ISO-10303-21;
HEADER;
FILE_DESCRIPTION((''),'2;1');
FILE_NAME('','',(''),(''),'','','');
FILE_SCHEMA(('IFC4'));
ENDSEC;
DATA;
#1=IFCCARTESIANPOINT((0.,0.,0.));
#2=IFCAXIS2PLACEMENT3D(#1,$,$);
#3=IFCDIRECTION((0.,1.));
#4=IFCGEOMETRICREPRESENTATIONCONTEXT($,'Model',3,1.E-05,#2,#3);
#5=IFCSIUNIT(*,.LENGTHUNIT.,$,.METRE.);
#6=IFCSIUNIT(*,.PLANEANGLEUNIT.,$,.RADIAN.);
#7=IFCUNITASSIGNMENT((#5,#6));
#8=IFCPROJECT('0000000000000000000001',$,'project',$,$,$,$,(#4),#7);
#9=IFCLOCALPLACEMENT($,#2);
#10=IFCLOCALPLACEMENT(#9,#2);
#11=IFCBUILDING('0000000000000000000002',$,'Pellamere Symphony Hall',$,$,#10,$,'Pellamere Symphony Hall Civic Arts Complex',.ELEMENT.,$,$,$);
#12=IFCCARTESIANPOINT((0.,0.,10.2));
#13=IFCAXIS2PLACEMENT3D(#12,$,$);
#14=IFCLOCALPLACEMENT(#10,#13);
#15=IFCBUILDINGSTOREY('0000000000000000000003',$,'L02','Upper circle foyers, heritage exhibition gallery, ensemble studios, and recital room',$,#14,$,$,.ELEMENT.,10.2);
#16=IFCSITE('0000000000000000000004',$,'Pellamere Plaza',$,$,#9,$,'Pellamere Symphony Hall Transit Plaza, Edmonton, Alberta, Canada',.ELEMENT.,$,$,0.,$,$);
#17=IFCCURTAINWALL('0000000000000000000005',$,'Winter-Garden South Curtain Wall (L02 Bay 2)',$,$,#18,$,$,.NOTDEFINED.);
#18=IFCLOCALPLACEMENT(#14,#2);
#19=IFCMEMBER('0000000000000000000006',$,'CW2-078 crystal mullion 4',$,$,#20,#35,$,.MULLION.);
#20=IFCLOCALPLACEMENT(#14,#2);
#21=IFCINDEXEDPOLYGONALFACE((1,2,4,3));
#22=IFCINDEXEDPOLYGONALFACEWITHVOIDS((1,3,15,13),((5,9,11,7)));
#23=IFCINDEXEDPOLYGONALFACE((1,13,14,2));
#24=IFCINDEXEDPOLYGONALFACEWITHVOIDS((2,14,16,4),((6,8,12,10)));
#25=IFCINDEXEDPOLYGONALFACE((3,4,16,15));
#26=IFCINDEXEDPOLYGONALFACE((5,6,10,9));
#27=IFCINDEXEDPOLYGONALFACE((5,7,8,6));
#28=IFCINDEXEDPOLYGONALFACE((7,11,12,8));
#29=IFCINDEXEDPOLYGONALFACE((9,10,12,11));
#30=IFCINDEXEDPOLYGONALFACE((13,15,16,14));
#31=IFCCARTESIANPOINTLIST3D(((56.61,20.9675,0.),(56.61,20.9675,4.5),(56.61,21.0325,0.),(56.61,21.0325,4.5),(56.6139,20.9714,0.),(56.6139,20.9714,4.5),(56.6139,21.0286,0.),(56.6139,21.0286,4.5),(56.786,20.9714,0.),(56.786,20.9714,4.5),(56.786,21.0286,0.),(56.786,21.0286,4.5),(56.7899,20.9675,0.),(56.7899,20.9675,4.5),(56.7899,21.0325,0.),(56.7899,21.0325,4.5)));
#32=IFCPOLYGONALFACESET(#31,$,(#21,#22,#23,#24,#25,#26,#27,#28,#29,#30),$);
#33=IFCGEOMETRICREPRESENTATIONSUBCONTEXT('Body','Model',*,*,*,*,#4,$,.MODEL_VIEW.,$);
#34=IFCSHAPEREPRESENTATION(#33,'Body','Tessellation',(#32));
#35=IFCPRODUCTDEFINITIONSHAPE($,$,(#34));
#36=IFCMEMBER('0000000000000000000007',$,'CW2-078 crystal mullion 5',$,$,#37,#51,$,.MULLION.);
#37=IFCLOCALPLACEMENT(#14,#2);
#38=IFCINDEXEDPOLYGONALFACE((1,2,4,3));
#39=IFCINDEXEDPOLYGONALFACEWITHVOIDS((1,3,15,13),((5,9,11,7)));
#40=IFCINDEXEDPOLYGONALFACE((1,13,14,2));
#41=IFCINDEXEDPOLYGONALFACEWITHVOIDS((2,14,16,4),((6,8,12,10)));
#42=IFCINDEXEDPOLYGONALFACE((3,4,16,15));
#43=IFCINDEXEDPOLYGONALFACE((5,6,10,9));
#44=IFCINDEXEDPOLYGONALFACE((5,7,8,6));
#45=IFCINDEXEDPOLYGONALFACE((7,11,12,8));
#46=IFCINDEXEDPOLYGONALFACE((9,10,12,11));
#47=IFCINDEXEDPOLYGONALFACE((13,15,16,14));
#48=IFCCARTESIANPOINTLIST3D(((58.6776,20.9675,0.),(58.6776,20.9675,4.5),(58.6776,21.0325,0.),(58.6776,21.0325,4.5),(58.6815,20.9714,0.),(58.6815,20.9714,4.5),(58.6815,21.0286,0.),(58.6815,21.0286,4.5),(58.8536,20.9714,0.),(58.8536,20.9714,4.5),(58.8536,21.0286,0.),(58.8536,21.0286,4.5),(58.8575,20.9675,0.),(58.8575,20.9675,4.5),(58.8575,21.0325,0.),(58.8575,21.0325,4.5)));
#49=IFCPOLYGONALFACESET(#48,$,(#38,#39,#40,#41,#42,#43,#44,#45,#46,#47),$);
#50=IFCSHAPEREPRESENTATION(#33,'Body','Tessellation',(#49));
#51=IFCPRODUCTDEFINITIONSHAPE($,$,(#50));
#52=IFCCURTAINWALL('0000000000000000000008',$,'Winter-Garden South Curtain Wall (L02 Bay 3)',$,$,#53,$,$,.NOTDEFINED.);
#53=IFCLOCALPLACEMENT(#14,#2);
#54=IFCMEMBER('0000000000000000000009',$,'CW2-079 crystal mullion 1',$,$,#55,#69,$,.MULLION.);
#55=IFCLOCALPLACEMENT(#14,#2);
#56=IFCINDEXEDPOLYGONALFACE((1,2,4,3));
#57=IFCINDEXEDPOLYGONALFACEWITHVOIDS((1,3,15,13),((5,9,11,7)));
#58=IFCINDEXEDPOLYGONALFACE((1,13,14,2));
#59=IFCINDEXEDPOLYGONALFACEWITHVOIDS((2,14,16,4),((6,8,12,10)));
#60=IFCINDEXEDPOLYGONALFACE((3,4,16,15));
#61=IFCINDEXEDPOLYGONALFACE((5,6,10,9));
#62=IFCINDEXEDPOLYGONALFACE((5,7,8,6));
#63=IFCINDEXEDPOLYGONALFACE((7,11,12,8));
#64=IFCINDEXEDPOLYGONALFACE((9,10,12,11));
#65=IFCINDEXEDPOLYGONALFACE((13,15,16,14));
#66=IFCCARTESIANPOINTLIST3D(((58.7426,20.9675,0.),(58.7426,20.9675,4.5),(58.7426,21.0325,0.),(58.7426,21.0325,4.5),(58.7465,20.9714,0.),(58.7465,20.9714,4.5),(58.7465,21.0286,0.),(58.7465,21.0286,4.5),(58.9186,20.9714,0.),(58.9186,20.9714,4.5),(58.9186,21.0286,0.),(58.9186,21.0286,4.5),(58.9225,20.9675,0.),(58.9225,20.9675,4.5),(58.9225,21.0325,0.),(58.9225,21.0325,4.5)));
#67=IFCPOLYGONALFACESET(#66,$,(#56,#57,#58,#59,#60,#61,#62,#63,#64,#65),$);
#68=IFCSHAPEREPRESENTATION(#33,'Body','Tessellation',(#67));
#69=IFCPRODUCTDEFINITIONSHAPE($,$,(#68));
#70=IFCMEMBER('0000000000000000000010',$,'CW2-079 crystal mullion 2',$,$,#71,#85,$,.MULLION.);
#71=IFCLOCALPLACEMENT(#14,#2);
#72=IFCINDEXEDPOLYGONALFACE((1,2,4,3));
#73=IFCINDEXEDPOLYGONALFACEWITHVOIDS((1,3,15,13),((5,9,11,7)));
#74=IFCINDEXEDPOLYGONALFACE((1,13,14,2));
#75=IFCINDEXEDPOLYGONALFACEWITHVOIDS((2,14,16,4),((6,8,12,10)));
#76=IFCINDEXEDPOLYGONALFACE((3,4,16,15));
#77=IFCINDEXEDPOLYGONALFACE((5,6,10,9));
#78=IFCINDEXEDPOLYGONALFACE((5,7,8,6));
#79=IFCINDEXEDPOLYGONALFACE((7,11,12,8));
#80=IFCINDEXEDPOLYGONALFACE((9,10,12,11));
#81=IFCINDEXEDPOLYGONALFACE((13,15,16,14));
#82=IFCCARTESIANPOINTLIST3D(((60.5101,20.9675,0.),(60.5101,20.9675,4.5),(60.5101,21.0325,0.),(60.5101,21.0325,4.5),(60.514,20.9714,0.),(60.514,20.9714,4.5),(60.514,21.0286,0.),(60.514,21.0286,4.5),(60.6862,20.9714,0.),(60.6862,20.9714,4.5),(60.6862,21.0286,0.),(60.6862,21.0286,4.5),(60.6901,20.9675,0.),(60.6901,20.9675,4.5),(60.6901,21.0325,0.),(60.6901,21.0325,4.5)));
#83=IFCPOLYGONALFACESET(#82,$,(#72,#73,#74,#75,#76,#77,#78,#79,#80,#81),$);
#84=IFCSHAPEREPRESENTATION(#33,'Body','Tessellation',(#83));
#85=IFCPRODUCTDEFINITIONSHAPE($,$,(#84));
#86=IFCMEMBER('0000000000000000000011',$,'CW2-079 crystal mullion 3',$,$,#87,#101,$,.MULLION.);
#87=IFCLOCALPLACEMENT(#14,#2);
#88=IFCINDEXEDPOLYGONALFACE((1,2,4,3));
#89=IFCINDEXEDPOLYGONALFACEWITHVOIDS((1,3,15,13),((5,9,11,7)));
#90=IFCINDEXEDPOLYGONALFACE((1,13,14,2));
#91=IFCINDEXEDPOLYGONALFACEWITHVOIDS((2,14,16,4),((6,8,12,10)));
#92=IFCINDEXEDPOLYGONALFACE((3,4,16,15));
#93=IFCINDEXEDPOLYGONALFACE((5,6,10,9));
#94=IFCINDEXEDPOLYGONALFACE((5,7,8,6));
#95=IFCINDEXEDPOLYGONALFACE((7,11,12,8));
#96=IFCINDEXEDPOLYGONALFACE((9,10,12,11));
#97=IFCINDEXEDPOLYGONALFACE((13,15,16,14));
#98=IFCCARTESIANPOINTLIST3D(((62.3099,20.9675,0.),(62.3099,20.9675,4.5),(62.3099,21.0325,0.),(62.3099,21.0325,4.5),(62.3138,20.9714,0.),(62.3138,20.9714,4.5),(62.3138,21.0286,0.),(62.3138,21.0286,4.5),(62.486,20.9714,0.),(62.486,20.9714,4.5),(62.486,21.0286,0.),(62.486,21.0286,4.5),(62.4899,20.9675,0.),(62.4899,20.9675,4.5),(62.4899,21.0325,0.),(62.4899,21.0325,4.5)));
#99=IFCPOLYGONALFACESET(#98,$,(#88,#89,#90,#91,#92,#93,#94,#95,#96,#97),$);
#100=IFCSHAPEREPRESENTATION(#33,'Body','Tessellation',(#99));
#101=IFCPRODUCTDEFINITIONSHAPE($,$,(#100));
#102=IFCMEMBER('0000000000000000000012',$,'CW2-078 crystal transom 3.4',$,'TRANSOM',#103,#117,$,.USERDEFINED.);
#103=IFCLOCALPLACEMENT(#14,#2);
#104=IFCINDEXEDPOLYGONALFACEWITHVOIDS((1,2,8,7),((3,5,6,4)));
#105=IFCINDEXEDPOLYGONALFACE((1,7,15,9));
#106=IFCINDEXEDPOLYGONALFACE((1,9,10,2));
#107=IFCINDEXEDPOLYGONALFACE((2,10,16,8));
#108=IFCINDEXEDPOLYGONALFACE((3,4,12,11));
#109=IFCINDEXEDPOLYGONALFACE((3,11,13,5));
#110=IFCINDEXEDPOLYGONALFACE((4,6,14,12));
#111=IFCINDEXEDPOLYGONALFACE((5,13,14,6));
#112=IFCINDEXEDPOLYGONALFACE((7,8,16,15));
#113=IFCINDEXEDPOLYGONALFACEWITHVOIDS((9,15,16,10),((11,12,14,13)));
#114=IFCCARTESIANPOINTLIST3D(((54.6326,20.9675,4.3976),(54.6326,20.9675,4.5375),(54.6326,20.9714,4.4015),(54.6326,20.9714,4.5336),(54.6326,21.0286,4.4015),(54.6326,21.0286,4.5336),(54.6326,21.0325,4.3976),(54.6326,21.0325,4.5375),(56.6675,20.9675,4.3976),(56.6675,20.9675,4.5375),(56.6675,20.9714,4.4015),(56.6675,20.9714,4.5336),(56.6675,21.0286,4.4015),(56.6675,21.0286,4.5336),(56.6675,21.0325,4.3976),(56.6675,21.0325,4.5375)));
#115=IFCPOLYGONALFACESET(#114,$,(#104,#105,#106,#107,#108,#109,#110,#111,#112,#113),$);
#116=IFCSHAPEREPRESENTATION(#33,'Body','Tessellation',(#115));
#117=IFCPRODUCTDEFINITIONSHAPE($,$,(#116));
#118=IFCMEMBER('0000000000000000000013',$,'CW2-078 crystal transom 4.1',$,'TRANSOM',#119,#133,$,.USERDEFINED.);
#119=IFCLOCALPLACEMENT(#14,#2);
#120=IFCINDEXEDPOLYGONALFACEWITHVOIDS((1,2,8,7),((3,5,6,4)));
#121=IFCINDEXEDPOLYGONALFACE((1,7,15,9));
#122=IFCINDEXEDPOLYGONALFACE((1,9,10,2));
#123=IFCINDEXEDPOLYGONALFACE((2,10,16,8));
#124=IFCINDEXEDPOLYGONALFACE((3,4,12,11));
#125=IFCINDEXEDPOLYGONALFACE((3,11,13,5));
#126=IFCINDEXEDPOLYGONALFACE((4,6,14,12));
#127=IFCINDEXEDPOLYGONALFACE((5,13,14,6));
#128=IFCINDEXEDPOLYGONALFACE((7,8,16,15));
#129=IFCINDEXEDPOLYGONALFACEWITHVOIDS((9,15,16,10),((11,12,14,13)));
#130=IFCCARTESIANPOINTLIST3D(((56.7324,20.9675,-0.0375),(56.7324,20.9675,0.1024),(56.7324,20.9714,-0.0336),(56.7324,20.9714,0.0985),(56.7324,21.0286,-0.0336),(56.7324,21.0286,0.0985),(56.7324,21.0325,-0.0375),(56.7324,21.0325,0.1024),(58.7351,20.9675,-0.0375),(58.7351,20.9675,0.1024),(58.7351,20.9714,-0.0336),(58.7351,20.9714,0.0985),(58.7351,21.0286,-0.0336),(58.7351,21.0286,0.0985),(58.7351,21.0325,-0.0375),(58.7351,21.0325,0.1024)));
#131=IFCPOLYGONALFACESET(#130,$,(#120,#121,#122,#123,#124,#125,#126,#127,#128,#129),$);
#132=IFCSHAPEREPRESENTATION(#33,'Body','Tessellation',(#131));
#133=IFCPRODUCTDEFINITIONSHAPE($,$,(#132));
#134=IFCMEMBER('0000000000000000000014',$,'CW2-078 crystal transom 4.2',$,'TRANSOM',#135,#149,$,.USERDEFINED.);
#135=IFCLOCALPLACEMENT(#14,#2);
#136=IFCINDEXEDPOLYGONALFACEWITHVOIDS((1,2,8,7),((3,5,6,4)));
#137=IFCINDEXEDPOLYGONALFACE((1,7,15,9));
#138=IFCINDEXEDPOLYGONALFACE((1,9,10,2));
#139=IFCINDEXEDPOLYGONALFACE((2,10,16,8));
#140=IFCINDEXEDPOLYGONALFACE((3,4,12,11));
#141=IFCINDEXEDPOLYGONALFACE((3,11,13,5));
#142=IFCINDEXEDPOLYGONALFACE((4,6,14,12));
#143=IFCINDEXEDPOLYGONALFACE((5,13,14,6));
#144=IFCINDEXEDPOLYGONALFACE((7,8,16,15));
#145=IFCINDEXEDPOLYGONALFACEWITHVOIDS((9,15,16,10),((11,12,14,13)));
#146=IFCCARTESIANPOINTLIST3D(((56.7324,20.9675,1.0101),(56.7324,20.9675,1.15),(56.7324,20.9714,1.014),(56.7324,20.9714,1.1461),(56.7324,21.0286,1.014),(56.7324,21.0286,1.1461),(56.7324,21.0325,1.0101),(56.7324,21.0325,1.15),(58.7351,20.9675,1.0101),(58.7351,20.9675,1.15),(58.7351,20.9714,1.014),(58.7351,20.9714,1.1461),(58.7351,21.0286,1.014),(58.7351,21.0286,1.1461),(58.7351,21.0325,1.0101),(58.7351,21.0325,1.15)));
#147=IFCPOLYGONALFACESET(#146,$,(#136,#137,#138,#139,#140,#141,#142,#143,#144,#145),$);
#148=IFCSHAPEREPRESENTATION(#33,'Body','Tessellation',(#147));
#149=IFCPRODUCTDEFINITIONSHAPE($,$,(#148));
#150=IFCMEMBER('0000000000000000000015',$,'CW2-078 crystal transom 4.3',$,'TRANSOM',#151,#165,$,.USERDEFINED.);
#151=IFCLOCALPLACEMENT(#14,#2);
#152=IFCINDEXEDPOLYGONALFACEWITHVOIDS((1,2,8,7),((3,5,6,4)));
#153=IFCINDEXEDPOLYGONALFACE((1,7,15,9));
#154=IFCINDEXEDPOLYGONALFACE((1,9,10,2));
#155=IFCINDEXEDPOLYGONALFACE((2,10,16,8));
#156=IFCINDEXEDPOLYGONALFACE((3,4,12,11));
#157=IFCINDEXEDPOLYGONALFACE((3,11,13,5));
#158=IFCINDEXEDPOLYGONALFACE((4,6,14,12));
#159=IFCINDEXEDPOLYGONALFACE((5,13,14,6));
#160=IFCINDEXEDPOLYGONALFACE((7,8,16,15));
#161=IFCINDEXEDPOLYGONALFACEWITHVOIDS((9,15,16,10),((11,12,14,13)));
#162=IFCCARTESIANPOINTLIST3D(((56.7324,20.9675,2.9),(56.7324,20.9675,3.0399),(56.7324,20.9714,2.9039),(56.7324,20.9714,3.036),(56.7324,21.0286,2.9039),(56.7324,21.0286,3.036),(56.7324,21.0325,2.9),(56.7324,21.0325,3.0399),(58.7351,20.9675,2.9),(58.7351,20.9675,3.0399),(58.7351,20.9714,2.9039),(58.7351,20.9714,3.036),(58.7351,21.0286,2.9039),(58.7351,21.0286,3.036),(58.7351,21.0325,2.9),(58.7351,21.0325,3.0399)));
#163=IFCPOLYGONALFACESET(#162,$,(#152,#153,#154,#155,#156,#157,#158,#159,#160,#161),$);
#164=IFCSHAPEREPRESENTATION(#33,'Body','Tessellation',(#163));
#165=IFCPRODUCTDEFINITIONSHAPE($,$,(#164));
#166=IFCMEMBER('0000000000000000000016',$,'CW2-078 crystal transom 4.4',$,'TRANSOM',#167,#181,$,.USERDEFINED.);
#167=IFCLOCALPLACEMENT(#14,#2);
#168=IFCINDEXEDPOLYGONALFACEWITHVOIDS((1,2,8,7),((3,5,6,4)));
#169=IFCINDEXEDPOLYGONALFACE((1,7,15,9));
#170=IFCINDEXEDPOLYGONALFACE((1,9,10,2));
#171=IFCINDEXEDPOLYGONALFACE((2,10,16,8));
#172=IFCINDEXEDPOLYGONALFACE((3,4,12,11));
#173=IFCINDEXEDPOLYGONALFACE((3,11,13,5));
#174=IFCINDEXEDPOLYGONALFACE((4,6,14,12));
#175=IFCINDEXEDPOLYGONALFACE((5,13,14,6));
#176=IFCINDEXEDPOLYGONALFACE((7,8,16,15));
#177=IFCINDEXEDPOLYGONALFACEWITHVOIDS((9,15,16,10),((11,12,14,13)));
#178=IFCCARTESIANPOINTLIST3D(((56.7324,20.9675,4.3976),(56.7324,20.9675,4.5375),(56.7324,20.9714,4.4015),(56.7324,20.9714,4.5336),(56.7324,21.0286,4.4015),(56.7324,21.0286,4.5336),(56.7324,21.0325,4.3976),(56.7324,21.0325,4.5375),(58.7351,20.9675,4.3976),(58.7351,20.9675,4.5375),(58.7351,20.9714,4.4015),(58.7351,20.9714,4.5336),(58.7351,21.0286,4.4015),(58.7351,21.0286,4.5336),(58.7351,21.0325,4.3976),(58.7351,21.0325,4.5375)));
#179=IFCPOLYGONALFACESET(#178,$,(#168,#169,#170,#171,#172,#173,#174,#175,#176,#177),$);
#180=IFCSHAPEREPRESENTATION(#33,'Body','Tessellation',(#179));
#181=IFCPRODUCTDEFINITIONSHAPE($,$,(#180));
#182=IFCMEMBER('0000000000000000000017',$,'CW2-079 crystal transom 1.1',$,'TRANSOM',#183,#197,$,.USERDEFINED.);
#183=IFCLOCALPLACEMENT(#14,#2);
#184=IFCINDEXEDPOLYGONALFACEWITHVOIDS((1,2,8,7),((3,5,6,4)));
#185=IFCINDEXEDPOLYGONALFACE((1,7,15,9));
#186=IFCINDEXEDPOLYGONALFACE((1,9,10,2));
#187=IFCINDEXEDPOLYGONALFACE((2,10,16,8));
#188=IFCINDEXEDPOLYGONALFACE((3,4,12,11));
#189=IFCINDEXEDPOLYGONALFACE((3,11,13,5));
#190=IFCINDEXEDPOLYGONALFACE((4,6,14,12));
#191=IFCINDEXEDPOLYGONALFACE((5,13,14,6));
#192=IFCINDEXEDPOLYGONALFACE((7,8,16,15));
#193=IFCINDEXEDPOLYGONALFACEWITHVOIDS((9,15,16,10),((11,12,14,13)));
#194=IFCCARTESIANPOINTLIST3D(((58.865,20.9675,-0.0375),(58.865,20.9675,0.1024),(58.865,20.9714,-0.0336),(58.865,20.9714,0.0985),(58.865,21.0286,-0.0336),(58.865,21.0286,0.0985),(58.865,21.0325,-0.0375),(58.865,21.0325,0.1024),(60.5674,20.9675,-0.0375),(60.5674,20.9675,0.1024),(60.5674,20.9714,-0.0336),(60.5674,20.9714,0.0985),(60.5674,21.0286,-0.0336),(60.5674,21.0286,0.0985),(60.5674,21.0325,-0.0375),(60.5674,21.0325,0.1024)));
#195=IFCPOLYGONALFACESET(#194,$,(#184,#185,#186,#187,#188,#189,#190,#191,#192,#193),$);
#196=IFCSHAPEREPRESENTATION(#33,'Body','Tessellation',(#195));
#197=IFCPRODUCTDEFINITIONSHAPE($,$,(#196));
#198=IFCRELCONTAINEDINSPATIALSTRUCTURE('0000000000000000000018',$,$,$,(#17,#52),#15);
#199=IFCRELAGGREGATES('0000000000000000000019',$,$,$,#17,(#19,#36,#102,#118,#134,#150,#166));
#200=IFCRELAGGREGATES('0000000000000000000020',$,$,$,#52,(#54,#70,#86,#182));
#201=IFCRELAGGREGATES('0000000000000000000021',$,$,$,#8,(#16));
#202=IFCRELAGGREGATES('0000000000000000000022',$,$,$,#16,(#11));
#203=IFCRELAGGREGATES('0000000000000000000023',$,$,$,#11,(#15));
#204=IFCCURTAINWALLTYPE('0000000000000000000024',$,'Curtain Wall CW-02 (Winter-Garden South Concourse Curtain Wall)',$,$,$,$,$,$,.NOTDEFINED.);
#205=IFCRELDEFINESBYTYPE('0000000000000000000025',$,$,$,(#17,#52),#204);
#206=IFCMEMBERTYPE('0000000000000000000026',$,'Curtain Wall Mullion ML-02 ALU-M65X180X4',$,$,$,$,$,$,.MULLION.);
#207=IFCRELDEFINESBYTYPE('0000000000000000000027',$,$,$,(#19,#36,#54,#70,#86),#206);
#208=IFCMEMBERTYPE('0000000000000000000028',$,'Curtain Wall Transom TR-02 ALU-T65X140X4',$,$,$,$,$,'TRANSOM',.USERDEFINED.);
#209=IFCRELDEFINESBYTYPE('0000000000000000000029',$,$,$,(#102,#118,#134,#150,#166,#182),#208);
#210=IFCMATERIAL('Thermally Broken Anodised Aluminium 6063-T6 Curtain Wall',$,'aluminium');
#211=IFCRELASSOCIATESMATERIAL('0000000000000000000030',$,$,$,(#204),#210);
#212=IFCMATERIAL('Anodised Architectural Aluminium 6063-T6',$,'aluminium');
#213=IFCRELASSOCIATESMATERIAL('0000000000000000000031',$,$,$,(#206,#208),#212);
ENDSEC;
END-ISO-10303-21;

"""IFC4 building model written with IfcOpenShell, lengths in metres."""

from ifc_helpers import new_model, si_unit, direction, frame, origin, origin_2d, place, context, subcontext, project, spatial, hollow_rectangle, extrude, material, material_profile, profile_set, type_object, element, aggregate, save


model = new_model("IFC4")

# Units and contexts
model_context = context("Model", 3, precision=1e-05, world=origin(), true_north=direction((0.0, 1.0)))
body_context = subcontext(model_context, "Body", "Model", "MODEL_VIEW")
ifc_project = project(units=[si_unit("LENGTHUNIT", "METRE"), si_unit("PLANEANGLEUNIT", "RADIAN")], contexts=[model_context])

# Site, building, storey
site_placement = place(None, origin())
site = spatial("IfcSite", under=ifc_project, at=site_placement, Name="Pellamere Plaza", LongName="Pellamere Symphony Hall Transit Plaza, Edmonton, Alberta, Canada", CompositionType="ELEMENT", RefElevation=0.0)
building_placement = place(site_placement, origin())
building = spatial("IfcBuilding", under=site, at=building_placement, Name="Pellamere Symphony Hall", LongName="Pellamere Symphony Hall Civic Arts Complex", CompositionType="ELEMENT")
storey_placement = place(building_placement, frame((0.0, 0.0, 10.2)))
storey = spatial("IfcBuildingStorey", under=building, at=storey_placement, Name="L02", Description="Upper circle foyers, heritage exhibition gallery, ensemble studios, and recital room", CompositionType="ELEMENT", Elevation=10.2)

# Curtain walls, members
ifc_material_1 = material(Name="Thermally Broken Anodised Aluminium 6063-T6 Curtain Wall", Category="aluminium")
curtain_wall_type = type_object("IfcCurtainWallType", Name="Curtain Wall CW-02 (Winter-Garden South Concourse Curtain Wall)", PredefinedType="NOTDEFINED", material=ifc_material_1)
curtain_wall_1_placement = place(storey_placement, origin())
curtain_wall_1 = element("IfcCurtainWall", 1, at=curtain_wall_1_placement, inside=storey, type_object=curtain_wall_type, Name="Winter-Garden South Curtain Wall (L02 Bay 2)", PredefinedType="NOTDEFINED")
ifc_material_2 = material(Name="Anodised Architectural Aluminium 6063-T6", Category="aluminium")
ifc_material_profile_1 = material_profile(ifc_material_2, hollow_rectangle(XDim=0.0649, YDim=0.1799, WallThickness=0.0039, at=origin_2d()), Name="ALU-M65X180X4")
ifc_profile_set_1 = profile_set([ifc_material_profile_1], Name="Anodised Architectural Aluminium 6063-T6")
member_type_1 = type_object("IfcMemberType", Name="Curtain Wall Mullion ML-02 ALU-M65X180X4", PredefinedType="MULLION", material=ifc_profile_set_1)
member_1_placement = place(storey_placement, frame((56.7, 21.0, 0.0), z_axis=(0.0, 0.0, 1.0), x_axis=(0.0, 1.0, 0.0)))
member_1 = element("IfcMember", 2, at=member_1_placement, type_object=member_type_1, Name="CW2-078 crystal mullion 4", PredefinedType="MULLION", context=body_context, shape_type="SweptSolid", body=[
    extrude(hollow_rectangle(XDim=0.0649, YDim=0.1799, WallThickness=0.0039, at=origin_2d()), origin(), (0.0, 0.0, 1.0), 4.5),
])
member_2_placement = place(storey_placement, frame((58.7676, 21.0, 0.0), z_axis=(0.0, 0.0, 1.0), x_axis=(0.0, 1.0, 0.0)))
member_2 = element("IfcMember", 3, at=member_2_placement, type_object=member_type_1, Name="CW2-078 crystal mullion 5", PredefinedType="MULLION", context=body_context, shape_type="SweptSolid", body=[
    extrude(hollow_rectangle(XDim=0.0649, YDim=0.1799, WallThickness=0.0039, at=origin_2d()), origin(), (0.0, 0.0, 1.0), 4.5),
])
curtain_wall_2_placement = place(storey_placement, origin())
curtain_wall_2 = element("IfcCurtainWall", 4, at=curtain_wall_2_placement, inside=storey, type_object=curtain_wall_type, Name="Winter-Garden South Curtain Wall (L02 Bay 3)", PredefinedType="NOTDEFINED")
member_3_placement = place(storey_placement, frame((58.8325, 21.0, 0.0), z_axis=(0.0, 0.0, 1.0), x_axis=(0.0, 1.0, 0.0)))
member_3 = element("IfcMember", 5, at=member_3_placement, type_object=member_type_1, Name="CW2-079 crystal mullion 1", PredefinedType="MULLION", context=body_context, shape_type="SweptSolid", body=[
    extrude(hollow_rectangle(XDim=0.0649, YDim=0.1799, WallThickness=0.0039, at=origin_2d()), origin(), (0.0, 0.0, 1.0), 4.5),
])
member_4_placement = place(storey_placement, frame((60.6001, 21.0, 0.0), z_axis=(0.0, 0.0, 1.0), x_axis=(0.0, 1.0, 0.0)))
member_4 = element("IfcMember", 6, at=member_4_placement, type_object=member_type_1, Name="CW2-079 crystal mullion 2", PredefinedType="MULLION", context=body_context, shape_type="SweptSolid", body=[
    extrude(hollow_rectangle(XDim=0.0649, YDim=0.1799, WallThickness=0.0039, at=origin_2d()), origin(), (0.0, 0.0, 1.0), 4.5),
])
member_5_placement = place(storey_placement, frame((62.3999, 21.0, 0.0), z_axis=(0.0, 0.0, 1.0), x_axis=(0.0, 1.0, 0.0)))
member_5 = element("IfcMember", 7, at=member_5_placement, type_object=member_type_1, Name="CW2-079 crystal mullion 3", PredefinedType="MULLION", context=body_context, shape_type="SweptSolid", body=[
    extrude(hollow_rectangle(XDim=0.0649, YDim=0.1799, WallThickness=0.0039, at=origin_2d()), origin(), (0.0, 0.0, 1.0), 4.5),
])

# Members
ifc_material_profile_2 = material_profile(ifc_material_2, hollow_rectangle(XDim=0.0649, YDim=0.1399, WallThickness=0.0039, at=origin_2d()), Name="ALU-T65X140X4")
ifc_profile_set_2 = profile_set([ifc_material_profile_2], Name="Anodised Architectural Aluminium 6063-T6")
member_type_2 = type_object("IfcMemberType", Name="Curtain Wall Transom TR-02 ALU-T65X140X4", ElementType="TRANSOM", PredefinedType="USERDEFINED", material=ifc_profile_set_2)
member_6_placement = place(storey_placement, frame((54.6326, 21.0, 4.4675), z_axis=(1.0, 0.0, 0.0), x_axis=(0.0, 1.0, 0.0)))
member_6 = element("IfcMember", 8, at=member_6_placement, type_object=member_type_2, Name="CW2-078 crystal transom 3.4", ObjectType="TRANSOM", PredefinedType="USERDEFINED", context=body_context, shape_type="SweptSolid", body=[
    extrude(hollow_rectangle(XDim=0.0649, YDim=0.1399, WallThickness=0.0039, at=origin_2d()), origin(), (0.0, 0.0, 1.0), 2.0349),
])
member_7_placement = place(storey_placement, frame((56.7324, 21.0, 0.0325), z_axis=(1.0, 0.0, 0.0), x_axis=(0.0, 1.0, 0.0)))
member_7 = element("IfcMember", 9, at=member_7_placement, type_object=member_type_2, Name="CW2-078 crystal transom 4.1", ObjectType="TRANSOM", PredefinedType="USERDEFINED", context=body_context, shape_type="SweptSolid", body=[
    extrude(hollow_rectangle(XDim=0.0649, YDim=0.1399, WallThickness=0.0039, at=origin_2d()), origin(), (0.0, 0.0, 1.0), 2.0027),
])
member_8_placement = place(storey_placement, frame((56.7324, 21.0, 1.0801), z_axis=(1.0, 0.0, 0.0), x_axis=(0.0, 1.0, 0.0)))
member_8 = element("IfcMember", 10, at=member_8_placement, type_object=member_type_2, Name="CW2-078 crystal transom 4.2", ObjectType="TRANSOM", PredefinedType="USERDEFINED", context=body_context, shape_type="SweptSolid", body=[
    extrude(hollow_rectangle(XDim=0.0649, YDim=0.1399, WallThickness=0.0039, at=origin_2d()), origin(), (0.0, 0.0, 1.0), 2.0027),
])
member_9_placement = place(storey_placement, frame((56.7324, 21.0, 2.97), z_axis=(1.0, 0.0, 0.0), x_axis=(0.0, 1.0, 0.0)))
member_9 = element("IfcMember", 11, at=member_9_placement, type_object=member_type_2, Name="CW2-078 crystal transom 4.3", ObjectType="TRANSOM", PredefinedType="USERDEFINED", context=body_context, shape_type="SweptSolid", body=[
    extrude(hollow_rectangle(XDim=0.0649, YDim=0.1399, WallThickness=0.0039, at=origin_2d()), origin(), (0.0, 0.0, 1.0), 2.0027),
])
member_10_placement = place(storey_placement, frame((56.7324, 21.0, 4.4675), z_axis=(1.0, 0.0, 0.0), x_axis=(0.0, 1.0, 0.0)))
member_10 = element("IfcMember", 12, at=member_10_placement, type_object=member_type_2, Name="CW2-078 crystal transom 4.4", ObjectType="TRANSOM", PredefinedType="USERDEFINED", context=body_context, shape_type="SweptSolid", body=[
    extrude(hollow_rectangle(XDim=0.0649, YDim=0.1399, WallThickness=0.0039, at=origin_2d()), origin(), (0.0, 0.0, 1.0), 2.0027),
])
member_11_placement = place(storey_placement, frame((58.865, 21.0, 0.0325), z_axis=(1.0, 0.0, 0.0), x_axis=(0.0, 1.0, 0.0)))
member_11 = element("IfcMember", 13, at=member_11_placement, type_object=member_type_2, Name="CW2-079 crystal transom 1.1", ObjectType="TRANSOM", PredefinedType="USERDEFINED", context=body_context, shape_type="SweptSolid", body=[
    extrude(hollow_rectangle(XDim=0.0649, YDim=0.1399, WallThickness=0.0039, at=origin_2d()), origin(), (0.0, 0.0, 1.0), 1.7024),
])

aggregate(curtain_wall_1, [member_1, member_2, member_6, member_7, member_8, member_9, member_10])
aggregate(curtain_wall_2, [member_3, member_4, member_5, member_11])

save(model, "model.ifc")
